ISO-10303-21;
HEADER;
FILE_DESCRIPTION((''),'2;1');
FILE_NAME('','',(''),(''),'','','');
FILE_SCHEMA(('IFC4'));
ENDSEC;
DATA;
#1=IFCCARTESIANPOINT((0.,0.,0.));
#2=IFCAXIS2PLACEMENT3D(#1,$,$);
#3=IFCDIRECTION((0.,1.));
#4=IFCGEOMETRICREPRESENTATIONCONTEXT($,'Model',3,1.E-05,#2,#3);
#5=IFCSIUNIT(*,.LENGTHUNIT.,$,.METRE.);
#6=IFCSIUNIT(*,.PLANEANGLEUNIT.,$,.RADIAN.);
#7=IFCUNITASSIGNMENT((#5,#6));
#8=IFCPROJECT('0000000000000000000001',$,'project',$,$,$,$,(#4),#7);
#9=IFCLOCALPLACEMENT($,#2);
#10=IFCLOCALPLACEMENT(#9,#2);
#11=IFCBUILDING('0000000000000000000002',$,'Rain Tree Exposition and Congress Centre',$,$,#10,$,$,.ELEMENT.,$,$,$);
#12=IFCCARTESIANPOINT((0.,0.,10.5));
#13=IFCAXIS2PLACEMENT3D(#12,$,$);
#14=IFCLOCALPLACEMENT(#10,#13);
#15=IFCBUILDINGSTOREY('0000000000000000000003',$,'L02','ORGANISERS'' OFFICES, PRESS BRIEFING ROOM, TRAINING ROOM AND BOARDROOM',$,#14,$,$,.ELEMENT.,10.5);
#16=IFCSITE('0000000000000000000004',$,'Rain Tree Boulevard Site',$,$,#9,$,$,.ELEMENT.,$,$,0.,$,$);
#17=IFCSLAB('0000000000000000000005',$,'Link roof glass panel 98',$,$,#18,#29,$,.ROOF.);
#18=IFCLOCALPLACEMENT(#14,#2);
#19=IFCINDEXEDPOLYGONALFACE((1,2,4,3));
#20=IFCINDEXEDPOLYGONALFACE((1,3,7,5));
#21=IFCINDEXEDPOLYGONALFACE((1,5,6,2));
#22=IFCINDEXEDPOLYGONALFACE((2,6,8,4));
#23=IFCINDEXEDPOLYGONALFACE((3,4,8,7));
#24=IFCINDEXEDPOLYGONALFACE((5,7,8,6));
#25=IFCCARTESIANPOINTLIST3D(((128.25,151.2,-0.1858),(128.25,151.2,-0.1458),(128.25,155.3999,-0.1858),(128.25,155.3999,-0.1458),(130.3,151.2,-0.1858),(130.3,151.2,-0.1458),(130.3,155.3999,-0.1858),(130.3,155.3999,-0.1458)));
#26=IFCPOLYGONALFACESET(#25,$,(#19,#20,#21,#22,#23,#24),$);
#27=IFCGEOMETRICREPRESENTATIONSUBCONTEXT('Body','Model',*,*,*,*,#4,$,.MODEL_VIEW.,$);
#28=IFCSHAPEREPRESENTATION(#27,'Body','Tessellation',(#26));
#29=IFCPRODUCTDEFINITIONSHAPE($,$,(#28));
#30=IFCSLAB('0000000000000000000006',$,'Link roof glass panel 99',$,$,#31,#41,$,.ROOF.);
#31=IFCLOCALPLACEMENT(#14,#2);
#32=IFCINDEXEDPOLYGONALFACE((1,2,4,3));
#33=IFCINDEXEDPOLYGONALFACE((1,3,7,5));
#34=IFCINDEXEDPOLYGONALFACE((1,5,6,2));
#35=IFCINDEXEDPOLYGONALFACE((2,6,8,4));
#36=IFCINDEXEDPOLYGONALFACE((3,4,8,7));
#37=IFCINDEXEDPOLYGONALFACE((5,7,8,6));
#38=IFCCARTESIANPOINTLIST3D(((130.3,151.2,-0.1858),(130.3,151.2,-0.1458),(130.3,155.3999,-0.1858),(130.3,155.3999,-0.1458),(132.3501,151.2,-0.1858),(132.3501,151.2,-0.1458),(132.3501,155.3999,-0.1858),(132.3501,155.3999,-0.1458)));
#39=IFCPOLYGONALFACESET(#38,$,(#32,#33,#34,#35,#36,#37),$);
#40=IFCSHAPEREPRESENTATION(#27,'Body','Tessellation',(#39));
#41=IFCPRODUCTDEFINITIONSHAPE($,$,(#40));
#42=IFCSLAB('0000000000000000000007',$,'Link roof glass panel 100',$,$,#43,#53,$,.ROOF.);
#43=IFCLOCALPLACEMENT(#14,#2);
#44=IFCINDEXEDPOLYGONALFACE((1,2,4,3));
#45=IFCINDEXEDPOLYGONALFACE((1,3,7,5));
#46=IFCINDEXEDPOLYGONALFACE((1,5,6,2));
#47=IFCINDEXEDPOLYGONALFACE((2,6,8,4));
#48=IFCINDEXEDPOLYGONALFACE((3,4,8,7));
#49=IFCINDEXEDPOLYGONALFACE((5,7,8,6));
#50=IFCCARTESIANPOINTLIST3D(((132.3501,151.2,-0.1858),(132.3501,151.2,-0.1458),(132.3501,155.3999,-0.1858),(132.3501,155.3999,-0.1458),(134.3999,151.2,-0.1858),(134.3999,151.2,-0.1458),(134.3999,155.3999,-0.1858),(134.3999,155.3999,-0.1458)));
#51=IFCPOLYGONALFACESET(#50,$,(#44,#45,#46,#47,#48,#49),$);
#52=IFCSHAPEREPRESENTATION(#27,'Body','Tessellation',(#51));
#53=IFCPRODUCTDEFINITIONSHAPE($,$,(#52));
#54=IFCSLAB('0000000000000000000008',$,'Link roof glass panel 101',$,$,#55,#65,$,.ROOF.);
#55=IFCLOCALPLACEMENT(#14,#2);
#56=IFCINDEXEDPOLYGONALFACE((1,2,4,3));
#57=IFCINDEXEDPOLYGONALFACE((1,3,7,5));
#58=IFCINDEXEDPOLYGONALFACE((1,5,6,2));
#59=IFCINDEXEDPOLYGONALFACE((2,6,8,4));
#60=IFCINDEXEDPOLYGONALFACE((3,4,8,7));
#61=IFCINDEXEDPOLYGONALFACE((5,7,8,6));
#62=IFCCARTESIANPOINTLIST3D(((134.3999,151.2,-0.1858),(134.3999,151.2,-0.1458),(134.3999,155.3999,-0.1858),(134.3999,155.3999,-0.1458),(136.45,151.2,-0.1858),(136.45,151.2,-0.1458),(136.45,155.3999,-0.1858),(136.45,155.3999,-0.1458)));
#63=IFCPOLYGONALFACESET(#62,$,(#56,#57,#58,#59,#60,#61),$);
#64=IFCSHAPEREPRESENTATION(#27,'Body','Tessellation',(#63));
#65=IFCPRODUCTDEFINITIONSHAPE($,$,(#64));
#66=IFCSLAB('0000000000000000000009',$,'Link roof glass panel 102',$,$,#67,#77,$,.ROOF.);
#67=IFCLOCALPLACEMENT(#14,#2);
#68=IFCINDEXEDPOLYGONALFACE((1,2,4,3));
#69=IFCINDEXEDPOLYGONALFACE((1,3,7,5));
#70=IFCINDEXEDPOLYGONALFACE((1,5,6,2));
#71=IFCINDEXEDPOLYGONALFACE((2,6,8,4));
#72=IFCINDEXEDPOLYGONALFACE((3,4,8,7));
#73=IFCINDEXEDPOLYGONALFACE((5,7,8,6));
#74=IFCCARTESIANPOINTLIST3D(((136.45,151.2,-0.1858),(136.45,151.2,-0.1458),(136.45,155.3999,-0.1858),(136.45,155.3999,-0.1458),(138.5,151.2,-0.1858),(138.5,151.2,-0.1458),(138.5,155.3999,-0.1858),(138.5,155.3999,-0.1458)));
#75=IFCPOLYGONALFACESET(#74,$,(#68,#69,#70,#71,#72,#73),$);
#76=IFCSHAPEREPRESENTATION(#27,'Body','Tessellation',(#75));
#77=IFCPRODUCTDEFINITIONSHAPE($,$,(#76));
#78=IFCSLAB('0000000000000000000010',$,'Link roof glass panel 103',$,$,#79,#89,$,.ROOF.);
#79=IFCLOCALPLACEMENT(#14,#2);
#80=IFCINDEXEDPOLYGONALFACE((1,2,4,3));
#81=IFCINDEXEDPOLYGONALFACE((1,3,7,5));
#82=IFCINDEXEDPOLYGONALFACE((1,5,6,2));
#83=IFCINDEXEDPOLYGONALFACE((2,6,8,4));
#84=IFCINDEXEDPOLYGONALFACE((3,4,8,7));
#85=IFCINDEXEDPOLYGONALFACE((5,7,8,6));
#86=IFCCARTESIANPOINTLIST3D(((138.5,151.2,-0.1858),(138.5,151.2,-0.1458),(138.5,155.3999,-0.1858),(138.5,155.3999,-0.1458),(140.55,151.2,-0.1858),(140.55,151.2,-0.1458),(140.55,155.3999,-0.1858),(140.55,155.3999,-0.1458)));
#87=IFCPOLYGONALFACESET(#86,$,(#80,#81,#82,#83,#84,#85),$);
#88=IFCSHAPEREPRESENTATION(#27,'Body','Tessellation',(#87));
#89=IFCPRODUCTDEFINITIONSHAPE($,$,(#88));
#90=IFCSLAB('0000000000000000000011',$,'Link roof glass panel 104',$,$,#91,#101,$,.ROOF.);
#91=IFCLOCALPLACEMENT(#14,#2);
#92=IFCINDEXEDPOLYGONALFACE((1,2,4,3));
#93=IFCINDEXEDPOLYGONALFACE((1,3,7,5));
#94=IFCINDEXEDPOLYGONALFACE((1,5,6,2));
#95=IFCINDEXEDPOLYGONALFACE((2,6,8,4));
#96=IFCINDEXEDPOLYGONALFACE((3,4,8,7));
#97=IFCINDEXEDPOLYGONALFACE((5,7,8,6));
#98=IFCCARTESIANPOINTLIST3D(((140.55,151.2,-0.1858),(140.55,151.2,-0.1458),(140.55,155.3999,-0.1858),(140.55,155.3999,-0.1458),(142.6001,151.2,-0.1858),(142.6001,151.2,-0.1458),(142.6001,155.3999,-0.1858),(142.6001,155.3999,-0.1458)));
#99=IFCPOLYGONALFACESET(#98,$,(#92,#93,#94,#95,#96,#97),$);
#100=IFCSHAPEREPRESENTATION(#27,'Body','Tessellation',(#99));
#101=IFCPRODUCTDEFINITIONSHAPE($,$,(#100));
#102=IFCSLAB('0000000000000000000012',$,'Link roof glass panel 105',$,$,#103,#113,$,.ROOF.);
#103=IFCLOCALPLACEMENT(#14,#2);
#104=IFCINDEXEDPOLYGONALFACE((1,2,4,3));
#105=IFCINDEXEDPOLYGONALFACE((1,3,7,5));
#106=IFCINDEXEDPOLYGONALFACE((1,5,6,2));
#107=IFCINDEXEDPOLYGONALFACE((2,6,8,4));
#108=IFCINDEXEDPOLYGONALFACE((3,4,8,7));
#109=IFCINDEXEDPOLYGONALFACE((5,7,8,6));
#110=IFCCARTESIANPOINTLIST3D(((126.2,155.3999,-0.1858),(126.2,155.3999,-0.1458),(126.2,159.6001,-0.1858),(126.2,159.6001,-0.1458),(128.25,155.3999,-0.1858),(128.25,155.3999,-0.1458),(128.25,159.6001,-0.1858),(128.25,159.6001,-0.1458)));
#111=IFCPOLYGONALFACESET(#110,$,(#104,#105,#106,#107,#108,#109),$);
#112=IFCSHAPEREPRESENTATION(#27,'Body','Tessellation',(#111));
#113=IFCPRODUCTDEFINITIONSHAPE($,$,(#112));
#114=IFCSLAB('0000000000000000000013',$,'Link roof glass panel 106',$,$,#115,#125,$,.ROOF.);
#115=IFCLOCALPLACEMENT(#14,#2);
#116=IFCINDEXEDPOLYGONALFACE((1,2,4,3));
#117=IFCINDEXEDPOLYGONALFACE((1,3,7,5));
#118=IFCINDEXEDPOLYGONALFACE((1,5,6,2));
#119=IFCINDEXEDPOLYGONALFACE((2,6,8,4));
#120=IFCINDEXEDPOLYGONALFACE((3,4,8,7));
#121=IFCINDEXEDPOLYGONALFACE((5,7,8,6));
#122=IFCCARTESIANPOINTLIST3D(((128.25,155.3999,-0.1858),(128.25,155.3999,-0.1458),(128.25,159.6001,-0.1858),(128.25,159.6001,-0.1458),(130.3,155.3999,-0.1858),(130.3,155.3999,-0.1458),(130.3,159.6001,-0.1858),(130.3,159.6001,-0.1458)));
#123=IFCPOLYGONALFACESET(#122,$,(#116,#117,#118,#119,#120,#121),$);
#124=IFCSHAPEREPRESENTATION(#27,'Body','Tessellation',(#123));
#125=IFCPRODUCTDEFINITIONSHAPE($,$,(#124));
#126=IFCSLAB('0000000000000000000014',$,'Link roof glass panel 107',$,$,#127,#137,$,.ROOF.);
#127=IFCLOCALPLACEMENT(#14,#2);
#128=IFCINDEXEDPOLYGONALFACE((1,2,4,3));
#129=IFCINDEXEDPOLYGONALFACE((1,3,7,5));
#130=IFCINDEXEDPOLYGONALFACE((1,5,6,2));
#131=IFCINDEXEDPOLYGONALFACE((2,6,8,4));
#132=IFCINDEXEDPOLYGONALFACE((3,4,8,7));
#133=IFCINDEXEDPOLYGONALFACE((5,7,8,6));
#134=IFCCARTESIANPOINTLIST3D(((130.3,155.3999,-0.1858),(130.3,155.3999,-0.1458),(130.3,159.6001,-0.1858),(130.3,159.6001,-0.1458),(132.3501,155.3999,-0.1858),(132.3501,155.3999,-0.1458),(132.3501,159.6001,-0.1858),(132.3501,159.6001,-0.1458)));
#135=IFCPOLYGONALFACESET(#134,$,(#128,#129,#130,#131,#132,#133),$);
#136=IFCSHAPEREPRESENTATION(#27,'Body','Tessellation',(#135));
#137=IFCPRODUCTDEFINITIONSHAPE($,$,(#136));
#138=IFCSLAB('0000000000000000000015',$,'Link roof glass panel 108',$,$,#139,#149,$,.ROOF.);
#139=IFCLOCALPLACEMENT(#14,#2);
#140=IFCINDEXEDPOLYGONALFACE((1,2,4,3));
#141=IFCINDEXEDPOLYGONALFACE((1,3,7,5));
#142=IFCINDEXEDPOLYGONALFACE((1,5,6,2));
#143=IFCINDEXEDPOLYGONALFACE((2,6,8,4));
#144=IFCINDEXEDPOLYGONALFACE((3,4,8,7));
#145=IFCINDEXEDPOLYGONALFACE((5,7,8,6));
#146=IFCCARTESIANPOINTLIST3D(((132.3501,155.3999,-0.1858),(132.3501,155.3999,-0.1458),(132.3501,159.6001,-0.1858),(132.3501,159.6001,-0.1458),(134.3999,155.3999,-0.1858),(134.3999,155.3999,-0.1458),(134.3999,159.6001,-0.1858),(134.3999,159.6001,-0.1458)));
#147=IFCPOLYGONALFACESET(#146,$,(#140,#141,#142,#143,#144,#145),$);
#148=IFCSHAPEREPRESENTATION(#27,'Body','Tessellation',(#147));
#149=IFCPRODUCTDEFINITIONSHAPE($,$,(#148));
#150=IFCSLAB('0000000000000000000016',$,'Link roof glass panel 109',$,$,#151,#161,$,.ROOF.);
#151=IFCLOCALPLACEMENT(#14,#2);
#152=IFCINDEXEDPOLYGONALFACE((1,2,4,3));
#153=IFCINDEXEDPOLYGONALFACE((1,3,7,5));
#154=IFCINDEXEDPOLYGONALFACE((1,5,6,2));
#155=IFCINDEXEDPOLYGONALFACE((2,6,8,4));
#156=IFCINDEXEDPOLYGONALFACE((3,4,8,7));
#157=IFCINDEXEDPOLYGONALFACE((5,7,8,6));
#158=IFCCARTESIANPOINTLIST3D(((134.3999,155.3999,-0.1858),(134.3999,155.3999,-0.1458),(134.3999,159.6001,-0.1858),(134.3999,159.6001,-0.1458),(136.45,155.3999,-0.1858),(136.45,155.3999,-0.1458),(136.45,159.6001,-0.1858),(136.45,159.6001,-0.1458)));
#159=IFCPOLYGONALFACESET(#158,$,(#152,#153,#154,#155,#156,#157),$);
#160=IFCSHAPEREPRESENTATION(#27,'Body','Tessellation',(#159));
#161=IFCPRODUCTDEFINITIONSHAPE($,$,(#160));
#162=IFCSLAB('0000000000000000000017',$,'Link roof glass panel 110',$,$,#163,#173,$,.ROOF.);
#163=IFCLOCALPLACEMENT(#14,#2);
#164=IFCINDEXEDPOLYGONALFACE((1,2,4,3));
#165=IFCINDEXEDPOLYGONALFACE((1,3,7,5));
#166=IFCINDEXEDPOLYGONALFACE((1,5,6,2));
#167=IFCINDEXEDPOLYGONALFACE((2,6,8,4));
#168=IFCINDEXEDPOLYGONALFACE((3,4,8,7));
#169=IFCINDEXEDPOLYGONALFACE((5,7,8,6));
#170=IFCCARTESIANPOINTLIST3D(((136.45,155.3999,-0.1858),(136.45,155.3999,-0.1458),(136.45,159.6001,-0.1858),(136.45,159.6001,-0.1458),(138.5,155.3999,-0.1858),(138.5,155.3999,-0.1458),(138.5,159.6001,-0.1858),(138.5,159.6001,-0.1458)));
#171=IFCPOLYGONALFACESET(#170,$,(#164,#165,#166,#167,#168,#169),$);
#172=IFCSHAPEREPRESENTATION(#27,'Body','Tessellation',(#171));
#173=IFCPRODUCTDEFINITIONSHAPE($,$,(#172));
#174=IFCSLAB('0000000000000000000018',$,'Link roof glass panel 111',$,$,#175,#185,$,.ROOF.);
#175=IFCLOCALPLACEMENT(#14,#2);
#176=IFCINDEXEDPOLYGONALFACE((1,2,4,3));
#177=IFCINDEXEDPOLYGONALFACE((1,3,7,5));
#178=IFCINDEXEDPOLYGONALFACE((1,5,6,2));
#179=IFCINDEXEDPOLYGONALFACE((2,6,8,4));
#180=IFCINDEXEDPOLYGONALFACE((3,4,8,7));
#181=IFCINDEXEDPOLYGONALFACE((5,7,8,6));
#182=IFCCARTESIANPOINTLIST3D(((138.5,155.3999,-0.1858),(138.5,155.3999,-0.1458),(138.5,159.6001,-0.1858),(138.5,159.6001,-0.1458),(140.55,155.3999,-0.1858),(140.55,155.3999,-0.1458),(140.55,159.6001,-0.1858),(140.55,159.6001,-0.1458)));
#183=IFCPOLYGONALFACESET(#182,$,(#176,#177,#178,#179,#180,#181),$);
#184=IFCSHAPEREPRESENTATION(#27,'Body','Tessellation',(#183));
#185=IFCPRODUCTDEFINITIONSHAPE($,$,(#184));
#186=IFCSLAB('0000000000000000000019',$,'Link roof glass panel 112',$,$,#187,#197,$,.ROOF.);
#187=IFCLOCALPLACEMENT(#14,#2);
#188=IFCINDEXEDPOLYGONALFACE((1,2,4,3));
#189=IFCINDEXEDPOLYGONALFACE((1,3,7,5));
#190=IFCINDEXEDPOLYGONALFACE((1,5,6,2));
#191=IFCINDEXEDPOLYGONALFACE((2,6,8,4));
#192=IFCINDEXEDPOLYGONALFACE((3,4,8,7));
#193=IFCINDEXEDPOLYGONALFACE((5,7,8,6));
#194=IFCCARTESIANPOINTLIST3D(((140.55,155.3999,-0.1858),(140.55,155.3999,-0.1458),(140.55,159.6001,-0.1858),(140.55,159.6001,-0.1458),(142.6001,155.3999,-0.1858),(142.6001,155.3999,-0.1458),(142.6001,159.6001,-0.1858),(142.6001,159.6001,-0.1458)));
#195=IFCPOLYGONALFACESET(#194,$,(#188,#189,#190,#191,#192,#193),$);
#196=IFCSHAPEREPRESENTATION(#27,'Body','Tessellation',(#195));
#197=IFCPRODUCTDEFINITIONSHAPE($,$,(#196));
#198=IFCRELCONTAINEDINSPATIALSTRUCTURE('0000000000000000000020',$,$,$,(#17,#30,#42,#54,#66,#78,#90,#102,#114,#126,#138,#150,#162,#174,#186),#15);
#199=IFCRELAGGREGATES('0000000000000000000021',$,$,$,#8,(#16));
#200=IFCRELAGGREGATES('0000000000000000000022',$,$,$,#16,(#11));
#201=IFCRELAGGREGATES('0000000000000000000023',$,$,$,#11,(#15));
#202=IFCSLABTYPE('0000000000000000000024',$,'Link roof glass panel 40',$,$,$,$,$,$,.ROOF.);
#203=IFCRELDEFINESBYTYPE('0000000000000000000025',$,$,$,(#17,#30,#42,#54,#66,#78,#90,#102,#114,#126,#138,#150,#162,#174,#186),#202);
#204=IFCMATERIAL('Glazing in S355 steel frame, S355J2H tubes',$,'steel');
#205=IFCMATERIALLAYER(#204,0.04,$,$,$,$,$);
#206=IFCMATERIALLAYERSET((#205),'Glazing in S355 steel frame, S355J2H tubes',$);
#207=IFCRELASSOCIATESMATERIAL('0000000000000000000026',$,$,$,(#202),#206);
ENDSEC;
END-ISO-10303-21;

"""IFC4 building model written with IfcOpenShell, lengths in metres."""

from ifc_helpers import new_model, si_unit, direction, frame, origin, place, context, subcontext, project, spatial, polyline, outline, extrude, material, layer, layer_set, type_object, element, save


model = new_model("IFC4")

# Units and contexts
model_context = context("Model", 3, precision=1e-05, world=origin(), true_north=direction((0.0, 1.0)))
body_context = subcontext(model_context, "Body", "Model", "MODEL_VIEW")
ifc_project = project(units=[si_unit("LENGTHUNIT", "METRE"), si_unit("PLANEANGLEUNIT", "RADIAN")], contexts=[model_context])

# Site, building, storey
site_placement = place(None, origin())
site = spatial("IfcSite", under=ifc_project, at=site_placement, Name="Rain Tree Boulevard Site", CompositionType="ELEMENT", RefElevation=0.0)
building_placement = place(site_placement, origin())
building = spatial("IfcBuilding", under=site, at=building_placement, Name="Rain Tree Exposition and Congress Centre", CompositionType="ELEMENT")
storey_placement = place(building_placement, frame((0.0, 0.0, 10.5)))
storey = spatial("IfcBuildingStorey", under=building, at=storey_placement, Name="L02", Description="ORGANISERS' OFFICES, PRESS BRIEFING ROOM, TRAINING ROOM AND BOARDROOM", CompositionType="ELEMENT", Elevation=10.5)

# Slabs
ifc_material_1 = material(Name="Glazing in S355 steel frame, S355J2H tubes", Category="steel")
ifc_layer_1 = layer(ifc_material_1, 0.04)
ifc_layer_set_1 = layer_set([ifc_layer_1], Name="Glazing in S355 steel frame, S355J2H tubes")
slab_type = type_object("IfcSlabType", Name="Link roof glass panel 40", PredefinedType="ROOF", material=ifc_layer_set_1)
slab_1_placement = place(storey_placement, frame((0.0, 0.0, -0.1858)))
element("IfcSlab", 1, at=slab_1_placement, inside=storey, type_object=slab_type, Name="Link roof glass panel 98", PredefinedType="ROOF", context=body_context, shape_type="SweptSolid", body=[
    extrude(outline(polyline([(128.25, 151.2), (130.3, 151.2), (130.3, 155.3999), (128.25, 155.3999), (128.25, 151.2)])), origin(), (0.0, 0.0, 1.0), 0.04),
])
slab_2_placement = place(storey_placement, frame((0.0, 0.0, -0.1858)))
element("IfcSlab", 2, at=slab_2_placement, inside=storey, type_object=slab_type, Name="Link roof glass panel 99", PredefinedType="ROOF", context=body_context, shape_type="SweptSolid", body=[
    extrude(outline(polyline([(130.3, 151.2), (132.3501, 151.2), (132.3501, 155.3999), (130.3, 155.3999), (130.3, 151.2)])), origin(), (0.0, 0.0, 1.0), 0.04),
])
slab_3_placement = place(storey_placement, frame((0.0, 0.0, -0.1858)))
element("IfcSlab", 3, at=slab_3_placement, inside=storey, type_object=slab_type, Name="Link roof glass panel 100", PredefinedType="ROOF", context=body_context, shape_type="SweptSolid", body=[
    extrude(outline(polyline([(132.3501, 151.2), (134.3999, 151.2), (134.3999, 155.3999), (132.3501, 155.3999), (132.3501, 151.2)])), origin(), (0.0, 0.0, 1.0), 0.04),
])
slab_4_placement = place(storey_placement, frame((0.0, 0.0, -0.1858)))
element("IfcSlab", 4, at=slab_4_placement, inside=storey, type_object=slab_type, Name="Link roof glass panel 101", PredefinedType="ROOF", context=body_context, shape_type="SweptSolid", body=[
    extrude(outline(polyline([(134.3999, 151.2), (136.45, 151.2), (136.45, 155.3999), (134.3999, 155.3999), (134.3999, 151.2)])), origin(), (0.0, 0.0, 1.0), 0.04),
])
slab_5_placement = place(storey_placement, frame((0.0, 0.0, -0.1858)))
element("IfcSlab", 5, at=slab_5_placement, inside=storey, type_object=slab_type, Name="Link roof glass panel 102", PredefinedType="ROOF", context=body_context, shape_type="SweptSolid", body=[
    extrude(outline(polyline([(136.45, 151.2), (138.5, 151.2), (138.5, 155.3999), (136.45, 155.3999), (136.45, 151.2)])), origin(), (0.0, 0.0, 1.0), 0.04),
])
slab_6_placement = place(storey_placement, frame((0.0, 0.0, -0.1858)))
element("IfcSlab", 6, at=slab_6_placement, inside=storey, type_object=slab_type, Name="Link roof glass panel 103", PredefinedType="ROOF", context=body_context, shape_type="SweptSolid", body=[
    extrude(outline(polyline([(138.5, 151.2), (140.55, 151.2), (140.55, 155.3999), (138.5, 155.3999), (138.5, 151.2)])), origin(), (0.0, 0.0, 1.0), 0.04),
])
slab_7_placement = place(storey_placement, frame((0.0, 0.0, -0.1858)))
element("IfcSlab", 7, at=slab_7_placement, inside=storey, type_object=slab_type, Name="Link roof glass panel 104", PredefinedType="ROOF", context=body_context, shape_type="SweptSolid", body=[
    extrude(outline(polyline([(140.55, 151.2), (142.6001, 151.2), (142.6001, 155.3999), (140.55, 155.3999), (140.55, 151.2)])), origin(), (0.0, 0.0, 1.0), 0.04),
])
slab_8_placement = place(storey_placement, frame((0.0, 0.0, -0.1858)))
element("IfcSlab", 8, at=slab_8_placement, inside=storey, type_object=slab_type, Name="Link roof glass panel 105", PredefinedType="ROOF", context=body_context, shape_type="SweptSolid", body=[
    extrude(outline(polyline([(126.2, 155.3999), (128.25, 155.3999), (128.25, 159.6001), (126.2, 159.6001), (126.2, 155.3999)])), origin(), (0.0, 0.0, 1.0), 0.04),
])
slab_9_placement = place(storey_placement, frame((0.0, 0.0, -0.1858)))
element("IfcSlab", 9, at=slab_9_placement, inside=storey, type_object=slab_type, Name="Link roof glass panel 106", PredefinedType="ROOF", context=body_context, shape_type="SweptSolid", body=[
    extrude(outline(polyline([(128.25, 155.3999), (130.3, 155.3999), (130.3, 159.6001), (128.25, 159.6001), (128.25, 155.3999)])), origin(), (0.0, 0.0, 1.0), 0.04),
])
slab_10_placement = place(storey_placement, frame((0.0, 0.0, -0.1858)))
element("IfcSlab", 10, at=slab_10_placement, inside=storey, type_object=slab_type, Name="Link roof glass panel 107", PredefinedType="ROOF", context=body_context, shape_type="SweptSolid", body=[
    extrude(outline(polyline([(130.3, 155.3999), (132.3501, 155.3999), (132.3501, 159.6001), (130.3, 159.6001), (130.3, 155.3999)])), origin(), (0.0, 0.0, 1.0), 0.04),
])
slab_11_placement = place(storey_placement, frame((0.0, 0.0, -0.1858)))
element("IfcSlab", 11, at=slab_11_placement, inside=storey, type_object=slab_type, Name="Link roof glass panel 108", PredefinedType="ROOF", context=body_context, shape_type="SweptSolid", body=[
    extrude(outline(polyline([(132.3501, 155.3999), (134.3999, 155.3999), (134.3999, 159.6001), (132.3501, 159.6001), (132.3501, 155.3999)])), origin(), (0.0, 0.0, 1.0), 0.04),
])
slab_12_placement = place(storey_placement, frame((0.0, 0.0, -0.1858)))
element("IfcSlab", 12, at=slab_12_placement, inside=storey, type_object=slab_type, Name="Link roof glass panel 109", PredefinedType="ROOF", context=body_context, shape_type="SweptSolid", body=[
    extrude(outline(polyline([(134.3999, 155.3999), (136.45, 155.3999), (136.45, 159.6001), (134.3999, 159.6001), (134.3999, 155.3999)])), origin(), (0.0, 0.0, 1.0), 0.04),
])
slab_13_placement = place(storey_placement, frame((0.0, 0.0, -0.1858)))
element("IfcSlab", 13, at=slab_13_placement, inside=storey, type_object=slab_type, Name="Link roof glass panel 110", PredefinedType="ROOF", context=body_context, shape_type="SweptSolid", body=[
    extrude(outline(polyline([(136.45, 155.3999), (138.5, 155.3999), (138.5, 159.6001), (136.45, 159.6001), (136.45, 155.3999)])), origin(), (0.0, 0.0, 1.0), 0.04),
])
slab_14_placement = place(storey_placement, frame((0.0, 0.0, -0.1858)))
element("IfcSlab", 14, at=slab_14_placement, inside=storey, type_object=slab_type, Name="Link roof glass panel 111", PredefinedType="ROOF", context=body_context, shape_type="SweptSolid", body=[
    extrude(outline(polyline([(138.5, 155.3999), (140.55, 155.3999), (140.55, 159.6001), (138.5, 159.6001), (138.5, 155.3999)])), origin(), (0.0, 0.0, 1.0), 0.04),
])
slab_15_placement = place(storey_placement, frame((0.0, 0.0, -0.1858)))
element("IfcSlab", 15, at=slab_15_placement, inside=storey, type_object=slab_type, Name="Link roof glass panel 112", PredefinedType="ROOF", context=body_context, shape_type="SweptSolid", body=[
    extrude(outline(polyline([(140.55, 155.3999), (142.6001, 155.3999), (142.6001, 159.6001), (140.55, 159.6001), (140.55, 155.3999)])), origin(), (0.0, 0.0, 1.0), 0.04),
])

save(model, "model.ifc")
